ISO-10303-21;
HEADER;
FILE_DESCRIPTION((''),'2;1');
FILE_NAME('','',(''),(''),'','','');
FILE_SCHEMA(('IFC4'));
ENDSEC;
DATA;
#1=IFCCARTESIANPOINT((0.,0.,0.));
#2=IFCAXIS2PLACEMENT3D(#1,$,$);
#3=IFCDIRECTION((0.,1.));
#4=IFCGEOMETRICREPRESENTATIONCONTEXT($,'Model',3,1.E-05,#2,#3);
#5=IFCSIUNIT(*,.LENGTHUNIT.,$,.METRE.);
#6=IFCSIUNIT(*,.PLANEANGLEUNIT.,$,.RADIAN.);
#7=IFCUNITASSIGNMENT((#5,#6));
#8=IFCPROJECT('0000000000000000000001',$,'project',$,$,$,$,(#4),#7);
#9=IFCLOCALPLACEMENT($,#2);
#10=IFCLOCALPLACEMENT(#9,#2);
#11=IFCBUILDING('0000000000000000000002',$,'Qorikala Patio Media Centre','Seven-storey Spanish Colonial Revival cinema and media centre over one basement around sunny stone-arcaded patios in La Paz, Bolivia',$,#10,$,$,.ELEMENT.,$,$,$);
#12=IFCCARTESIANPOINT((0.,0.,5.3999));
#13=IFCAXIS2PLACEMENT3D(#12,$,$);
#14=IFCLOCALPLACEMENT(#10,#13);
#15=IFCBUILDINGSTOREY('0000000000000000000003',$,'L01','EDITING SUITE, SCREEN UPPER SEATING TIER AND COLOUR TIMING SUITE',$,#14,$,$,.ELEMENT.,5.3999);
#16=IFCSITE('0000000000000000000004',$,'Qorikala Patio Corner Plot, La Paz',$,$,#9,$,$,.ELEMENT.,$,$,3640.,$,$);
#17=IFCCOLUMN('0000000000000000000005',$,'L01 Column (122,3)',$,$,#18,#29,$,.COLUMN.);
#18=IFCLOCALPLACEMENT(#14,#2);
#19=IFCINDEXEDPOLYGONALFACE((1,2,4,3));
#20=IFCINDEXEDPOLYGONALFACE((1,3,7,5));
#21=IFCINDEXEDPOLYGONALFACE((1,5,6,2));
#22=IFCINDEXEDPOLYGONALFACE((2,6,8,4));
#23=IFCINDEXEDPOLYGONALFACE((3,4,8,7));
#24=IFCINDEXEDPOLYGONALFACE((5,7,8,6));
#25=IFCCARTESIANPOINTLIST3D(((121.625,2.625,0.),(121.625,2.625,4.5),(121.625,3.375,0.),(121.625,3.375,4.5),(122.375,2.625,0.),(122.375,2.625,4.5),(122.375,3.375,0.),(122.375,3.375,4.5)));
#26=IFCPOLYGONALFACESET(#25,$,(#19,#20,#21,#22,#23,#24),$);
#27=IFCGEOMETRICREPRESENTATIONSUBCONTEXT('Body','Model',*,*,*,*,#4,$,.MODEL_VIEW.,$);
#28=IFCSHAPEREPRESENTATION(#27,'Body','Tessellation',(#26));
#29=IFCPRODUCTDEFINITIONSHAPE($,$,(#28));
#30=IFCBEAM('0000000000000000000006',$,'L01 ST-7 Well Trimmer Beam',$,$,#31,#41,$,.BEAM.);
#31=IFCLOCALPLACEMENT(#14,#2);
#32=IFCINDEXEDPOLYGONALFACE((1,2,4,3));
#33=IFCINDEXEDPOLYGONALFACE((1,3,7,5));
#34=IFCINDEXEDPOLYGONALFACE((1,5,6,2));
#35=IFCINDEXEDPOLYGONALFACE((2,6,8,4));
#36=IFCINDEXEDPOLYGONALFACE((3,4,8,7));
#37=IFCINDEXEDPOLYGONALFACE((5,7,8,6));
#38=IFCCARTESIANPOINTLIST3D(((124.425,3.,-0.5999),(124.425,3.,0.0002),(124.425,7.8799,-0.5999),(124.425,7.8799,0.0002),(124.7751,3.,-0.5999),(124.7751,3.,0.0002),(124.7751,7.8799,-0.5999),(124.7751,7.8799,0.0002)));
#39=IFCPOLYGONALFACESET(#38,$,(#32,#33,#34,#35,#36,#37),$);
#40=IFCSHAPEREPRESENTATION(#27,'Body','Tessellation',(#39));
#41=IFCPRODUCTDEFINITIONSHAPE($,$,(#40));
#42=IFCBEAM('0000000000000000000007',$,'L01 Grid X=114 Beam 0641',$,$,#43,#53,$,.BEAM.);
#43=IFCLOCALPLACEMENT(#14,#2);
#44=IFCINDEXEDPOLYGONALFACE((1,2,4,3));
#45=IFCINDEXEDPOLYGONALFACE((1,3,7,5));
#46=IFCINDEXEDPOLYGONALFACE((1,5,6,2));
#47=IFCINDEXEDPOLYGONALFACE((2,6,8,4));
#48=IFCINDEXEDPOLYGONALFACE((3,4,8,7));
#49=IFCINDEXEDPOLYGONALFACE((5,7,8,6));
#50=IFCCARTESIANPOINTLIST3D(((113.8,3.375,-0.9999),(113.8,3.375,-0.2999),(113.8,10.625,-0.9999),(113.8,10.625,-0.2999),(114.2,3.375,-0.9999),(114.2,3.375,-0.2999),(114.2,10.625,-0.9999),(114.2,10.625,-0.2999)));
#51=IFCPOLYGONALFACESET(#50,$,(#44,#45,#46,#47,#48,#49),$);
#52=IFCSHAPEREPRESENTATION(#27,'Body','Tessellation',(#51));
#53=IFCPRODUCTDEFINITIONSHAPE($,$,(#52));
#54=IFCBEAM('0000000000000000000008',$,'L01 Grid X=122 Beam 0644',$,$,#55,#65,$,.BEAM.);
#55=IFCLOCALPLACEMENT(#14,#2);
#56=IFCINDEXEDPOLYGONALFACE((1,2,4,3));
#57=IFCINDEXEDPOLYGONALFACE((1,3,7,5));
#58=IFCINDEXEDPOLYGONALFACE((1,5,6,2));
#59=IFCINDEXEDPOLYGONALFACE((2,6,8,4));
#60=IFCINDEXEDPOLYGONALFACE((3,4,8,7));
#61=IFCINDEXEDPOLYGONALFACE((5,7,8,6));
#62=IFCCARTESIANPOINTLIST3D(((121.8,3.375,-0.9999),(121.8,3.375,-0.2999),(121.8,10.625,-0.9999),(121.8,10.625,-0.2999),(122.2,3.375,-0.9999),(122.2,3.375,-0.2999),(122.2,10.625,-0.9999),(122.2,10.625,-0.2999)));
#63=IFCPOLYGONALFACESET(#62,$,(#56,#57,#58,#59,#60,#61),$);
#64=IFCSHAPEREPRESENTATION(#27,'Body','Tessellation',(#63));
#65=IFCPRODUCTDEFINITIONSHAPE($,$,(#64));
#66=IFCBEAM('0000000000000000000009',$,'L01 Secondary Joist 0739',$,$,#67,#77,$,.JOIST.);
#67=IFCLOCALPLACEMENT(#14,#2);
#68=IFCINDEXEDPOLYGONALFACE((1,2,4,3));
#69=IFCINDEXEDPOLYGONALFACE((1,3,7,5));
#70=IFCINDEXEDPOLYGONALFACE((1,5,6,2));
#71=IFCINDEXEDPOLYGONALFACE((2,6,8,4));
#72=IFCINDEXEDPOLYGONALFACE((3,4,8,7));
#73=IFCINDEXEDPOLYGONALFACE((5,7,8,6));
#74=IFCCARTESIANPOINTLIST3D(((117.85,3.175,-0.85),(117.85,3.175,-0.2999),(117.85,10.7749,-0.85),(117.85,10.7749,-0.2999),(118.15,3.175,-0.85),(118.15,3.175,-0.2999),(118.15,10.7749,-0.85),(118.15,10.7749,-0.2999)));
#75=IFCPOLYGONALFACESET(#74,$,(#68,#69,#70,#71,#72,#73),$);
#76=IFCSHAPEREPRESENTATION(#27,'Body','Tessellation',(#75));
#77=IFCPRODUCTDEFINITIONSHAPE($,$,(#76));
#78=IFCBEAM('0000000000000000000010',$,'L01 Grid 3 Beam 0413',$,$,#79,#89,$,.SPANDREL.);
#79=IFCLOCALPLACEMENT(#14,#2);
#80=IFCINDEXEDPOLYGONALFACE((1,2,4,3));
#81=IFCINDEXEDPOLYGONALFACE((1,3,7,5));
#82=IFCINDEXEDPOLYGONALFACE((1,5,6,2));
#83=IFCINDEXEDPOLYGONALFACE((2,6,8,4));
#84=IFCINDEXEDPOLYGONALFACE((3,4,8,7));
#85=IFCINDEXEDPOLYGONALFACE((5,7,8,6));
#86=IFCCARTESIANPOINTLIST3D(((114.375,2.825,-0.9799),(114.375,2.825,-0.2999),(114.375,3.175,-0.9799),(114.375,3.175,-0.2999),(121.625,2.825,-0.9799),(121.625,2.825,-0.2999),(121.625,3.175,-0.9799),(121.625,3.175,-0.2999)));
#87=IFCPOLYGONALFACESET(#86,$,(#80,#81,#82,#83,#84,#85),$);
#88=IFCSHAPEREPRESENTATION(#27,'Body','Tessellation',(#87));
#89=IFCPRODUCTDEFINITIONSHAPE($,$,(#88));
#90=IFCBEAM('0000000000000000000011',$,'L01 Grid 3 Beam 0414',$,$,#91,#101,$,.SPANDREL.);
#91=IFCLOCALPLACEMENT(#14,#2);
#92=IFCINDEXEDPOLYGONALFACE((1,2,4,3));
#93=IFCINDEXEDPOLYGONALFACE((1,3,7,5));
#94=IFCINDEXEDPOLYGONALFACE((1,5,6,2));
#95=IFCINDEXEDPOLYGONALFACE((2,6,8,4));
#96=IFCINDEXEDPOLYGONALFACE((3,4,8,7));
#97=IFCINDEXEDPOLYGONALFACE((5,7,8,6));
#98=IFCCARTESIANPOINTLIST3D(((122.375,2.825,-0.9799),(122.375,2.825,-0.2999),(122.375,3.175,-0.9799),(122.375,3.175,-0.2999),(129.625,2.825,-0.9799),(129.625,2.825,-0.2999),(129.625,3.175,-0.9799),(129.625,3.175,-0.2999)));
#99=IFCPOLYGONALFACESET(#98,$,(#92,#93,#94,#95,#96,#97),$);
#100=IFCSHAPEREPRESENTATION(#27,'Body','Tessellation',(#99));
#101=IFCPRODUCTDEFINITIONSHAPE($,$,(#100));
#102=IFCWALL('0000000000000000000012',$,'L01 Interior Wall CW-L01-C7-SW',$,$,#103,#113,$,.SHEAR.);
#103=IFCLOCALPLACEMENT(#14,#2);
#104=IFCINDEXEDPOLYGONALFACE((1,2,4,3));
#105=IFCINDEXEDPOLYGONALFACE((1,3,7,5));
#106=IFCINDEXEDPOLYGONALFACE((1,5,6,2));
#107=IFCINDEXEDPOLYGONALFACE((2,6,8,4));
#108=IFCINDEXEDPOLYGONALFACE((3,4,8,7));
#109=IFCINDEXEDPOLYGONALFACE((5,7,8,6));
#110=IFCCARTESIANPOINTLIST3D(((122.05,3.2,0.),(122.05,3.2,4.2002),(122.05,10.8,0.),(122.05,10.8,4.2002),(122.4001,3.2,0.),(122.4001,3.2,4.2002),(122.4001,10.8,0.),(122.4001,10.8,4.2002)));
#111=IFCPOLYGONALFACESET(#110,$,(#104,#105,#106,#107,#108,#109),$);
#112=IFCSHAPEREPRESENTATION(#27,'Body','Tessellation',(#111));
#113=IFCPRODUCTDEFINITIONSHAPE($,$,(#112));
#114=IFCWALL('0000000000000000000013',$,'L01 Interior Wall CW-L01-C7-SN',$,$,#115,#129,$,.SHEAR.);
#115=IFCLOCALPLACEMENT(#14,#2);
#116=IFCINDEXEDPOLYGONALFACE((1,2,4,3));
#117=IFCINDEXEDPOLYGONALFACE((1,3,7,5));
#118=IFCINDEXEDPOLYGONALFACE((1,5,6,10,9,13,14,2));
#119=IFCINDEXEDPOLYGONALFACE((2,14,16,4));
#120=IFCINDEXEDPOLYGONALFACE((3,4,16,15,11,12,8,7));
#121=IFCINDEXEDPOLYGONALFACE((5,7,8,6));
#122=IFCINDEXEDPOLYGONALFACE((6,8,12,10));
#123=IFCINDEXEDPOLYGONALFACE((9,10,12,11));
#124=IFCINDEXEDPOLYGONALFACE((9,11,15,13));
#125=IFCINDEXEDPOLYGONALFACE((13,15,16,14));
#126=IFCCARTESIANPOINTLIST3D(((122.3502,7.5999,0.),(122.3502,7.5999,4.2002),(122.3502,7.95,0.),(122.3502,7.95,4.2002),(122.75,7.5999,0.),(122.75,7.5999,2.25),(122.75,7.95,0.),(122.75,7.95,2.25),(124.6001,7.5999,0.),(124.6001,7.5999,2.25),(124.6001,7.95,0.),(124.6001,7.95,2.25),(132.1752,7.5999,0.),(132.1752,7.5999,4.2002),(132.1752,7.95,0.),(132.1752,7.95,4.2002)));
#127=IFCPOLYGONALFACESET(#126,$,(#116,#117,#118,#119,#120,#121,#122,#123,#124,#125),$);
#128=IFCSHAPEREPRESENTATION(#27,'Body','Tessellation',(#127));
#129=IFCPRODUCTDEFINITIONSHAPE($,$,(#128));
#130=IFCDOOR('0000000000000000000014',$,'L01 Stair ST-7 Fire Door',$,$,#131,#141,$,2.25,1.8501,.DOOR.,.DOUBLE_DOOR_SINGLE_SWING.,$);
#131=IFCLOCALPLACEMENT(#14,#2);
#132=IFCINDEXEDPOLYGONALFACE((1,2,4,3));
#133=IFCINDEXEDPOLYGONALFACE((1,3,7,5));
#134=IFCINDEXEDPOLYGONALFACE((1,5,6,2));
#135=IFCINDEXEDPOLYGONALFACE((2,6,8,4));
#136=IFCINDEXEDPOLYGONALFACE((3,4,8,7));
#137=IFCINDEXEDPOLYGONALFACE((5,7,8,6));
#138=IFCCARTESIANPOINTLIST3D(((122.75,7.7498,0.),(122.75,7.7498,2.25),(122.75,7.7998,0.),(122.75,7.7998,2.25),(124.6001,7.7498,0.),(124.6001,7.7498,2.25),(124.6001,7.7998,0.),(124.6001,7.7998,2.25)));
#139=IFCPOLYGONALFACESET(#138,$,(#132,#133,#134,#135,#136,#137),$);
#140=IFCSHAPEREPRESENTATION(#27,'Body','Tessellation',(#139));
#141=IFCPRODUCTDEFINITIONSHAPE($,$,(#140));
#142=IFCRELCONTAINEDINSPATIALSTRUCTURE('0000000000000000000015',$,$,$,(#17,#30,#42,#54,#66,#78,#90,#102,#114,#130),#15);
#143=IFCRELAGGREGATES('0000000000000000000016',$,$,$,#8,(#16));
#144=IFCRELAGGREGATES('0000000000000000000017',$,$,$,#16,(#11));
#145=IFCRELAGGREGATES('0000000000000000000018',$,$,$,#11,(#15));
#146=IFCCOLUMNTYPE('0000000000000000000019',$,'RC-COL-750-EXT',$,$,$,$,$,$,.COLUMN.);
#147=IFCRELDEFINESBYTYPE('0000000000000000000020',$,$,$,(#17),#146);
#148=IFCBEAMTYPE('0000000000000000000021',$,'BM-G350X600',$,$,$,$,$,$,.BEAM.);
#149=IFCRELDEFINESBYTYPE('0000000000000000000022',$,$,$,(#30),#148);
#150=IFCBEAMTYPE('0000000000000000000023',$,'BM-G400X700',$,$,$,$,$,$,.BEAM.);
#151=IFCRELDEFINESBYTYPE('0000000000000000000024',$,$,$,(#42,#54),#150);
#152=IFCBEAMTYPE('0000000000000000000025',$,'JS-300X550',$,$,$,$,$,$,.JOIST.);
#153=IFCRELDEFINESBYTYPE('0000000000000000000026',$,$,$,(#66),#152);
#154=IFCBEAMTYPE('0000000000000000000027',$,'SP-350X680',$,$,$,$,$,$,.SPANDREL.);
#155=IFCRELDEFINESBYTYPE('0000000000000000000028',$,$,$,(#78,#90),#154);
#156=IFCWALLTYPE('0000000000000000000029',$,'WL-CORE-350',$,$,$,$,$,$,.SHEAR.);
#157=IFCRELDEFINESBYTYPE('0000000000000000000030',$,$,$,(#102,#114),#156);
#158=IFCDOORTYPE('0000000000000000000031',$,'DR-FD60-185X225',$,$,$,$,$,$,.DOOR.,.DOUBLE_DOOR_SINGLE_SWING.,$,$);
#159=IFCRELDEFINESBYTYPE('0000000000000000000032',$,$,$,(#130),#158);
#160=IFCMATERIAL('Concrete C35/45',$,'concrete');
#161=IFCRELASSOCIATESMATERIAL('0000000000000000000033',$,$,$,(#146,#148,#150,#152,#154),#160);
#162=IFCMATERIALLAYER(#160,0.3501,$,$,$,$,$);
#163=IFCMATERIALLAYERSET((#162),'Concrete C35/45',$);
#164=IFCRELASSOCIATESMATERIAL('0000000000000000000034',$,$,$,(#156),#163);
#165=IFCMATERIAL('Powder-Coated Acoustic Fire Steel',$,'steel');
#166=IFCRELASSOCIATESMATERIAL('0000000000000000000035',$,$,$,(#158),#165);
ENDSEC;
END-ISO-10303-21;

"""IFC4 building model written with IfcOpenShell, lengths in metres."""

from ifc_helpers import new_model, si_unit, direction, frame, frame_2d, origin, origin_2d, place, context, subcontext, project, spatial, rectangle, extrude, material, layer, layer_set, material_profile, profile_set, type_object, element, fill, save


model = new_model("IFC4")

# Units and contexts
model_context = context("Model", 3, precision=1e-05, world=origin(), true_north=direction((0.0, 1.0)))
body_context = subcontext(model_context, "Body", "Model", "MODEL_VIEW")
ifc_project = project(units=[si_unit("LENGTHUNIT", "METRE"), si_unit("PLANEANGLEUNIT", "RADIAN")], contexts=[model_context])

# Site, building, storey
site_placement = place(None, origin())
site = spatial("IfcSite", under=ifc_project, at=site_placement, Name="Qorikala Patio Corner Plot, La Paz", CompositionType="ELEMENT", RefElevation=3640.0)
building_placement = place(site_placement, origin())
building = spatial("IfcBuilding", under=site, at=building_placement, Name="Qorikala Patio Media Centre", Description="Seven-storey Spanish Colonial Revival cinema and media centre over one basement around sunny stone-arcaded patios in La Paz, Bolivia", CompositionType="ELEMENT")
storey_placement = place(building_placement, frame((0.0, 0.0, 5.3999)))
storey = spatial("IfcBuildingStorey", under=building, at=storey_placement, Name="L01", Description="EDITING SUITE, SCREEN UPPER SEATING TIER AND COLOUR TIMING SUITE", CompositionType="ELEMENT", Elevation=5.3999)

# Column
ifc_material_1 = material(Name="Concrete C35/45", Category="concrete")
ifc_material_profile_1 = material_profile(ifc_material_1, rectangle(XDim=0.75, YDim=0.75, at=origin_2d()), Name="RC 750x750")
ifc_profile_set_1 = profile_set([ifc_material_profile_1], Name="Concrete C35/45")
column_type = type_object("IfcColumnType", Name="RC-COL-750-EXT", PredefinedType="COLUMN", material=ifc_profile_set_1)
column_placement = place(storey_placement, frame((122.0, 3.0, 0.0), z_axis=(0.0, 0.0, 1.0), x_axis=(1.0, 0.0, 0.0)))
element("IfcColumn", 1, at=column_placement, inside=storey, type_object=column_type, Name="L01 Column (122,3)", PredefinedType="COLUMN", context=body_context, shape_type="SweptSolid", body=[
    extrude(rectangle(XDim=0.75, YDim=0.75, at=origin_2d()), origin(), (0.0, 0.0, 1.0), 4.5),
])

# Beams
ifc_material_profile_2 = material_profile(ifc_material_1, rectangle(XDim=0.3501, YDim=0.6001, at=origin_2d()), Name="RC 350x600")
ifc_profile_set_2 = profile_set([ifc_material_profile_2], Name="Concrete C35/45")
beam_type_1 = type_object("IfcBeamType", Name="BM-G350X600", PredefinedType="BEAM", material=ifc_profile_set_2)
beam_1_placement = place(storey_placement, frame((124.6001, 3.0, -0.2998), z_axis=(0.0, 1.0, 0.0), x_axis=(-1.0, 0.0, 0.0)))
element("IfcBeam", 2, at=beam_1_placement, inside=storey, type_object=beam_type_1, Name="L01 ST-7 Well Trimmer Beam", PredefinedType="BEAM", context=body_context, shape_type="SweptSolid", body=[
    extrude(rectangle(XDim=0.3501, YDim=0.6001, at=origin_2d()), origin(), (0.0, 0.0, 1.0), 4.8799),
])
ifc_material_profile_3 = material_profile(ifc_material_1, rectangle(XDim=0.3999, YDim=0.7, at=origin_2d()), Name="RC 400x700")
ifc_profile_set_3 = profile_set([ifc_material_profile_3], Name="Concrete C35/45")
beam_type_2 = type_object("IfcBeamType", Name="BM-G400X700", PredefinedType="BEAM", material=ifc_profile_set_3)
for number, where, z_axis, x_axis, name in (
    (3, (114.0, 3.375, -0.6499), (0.0, 1.0, 0.0), (-1.0, 0.0, 0.0), "L01 Grid X=114 Beam 0641"),
    (4, (122.0, 3.375, -0.6499), (0.0, 1.0, 0.0), (-1.0, 0.0, 0.0), "L01 Grid X=122 Beam 0644"),
):
    element("IfcBeam", number, at=place(storey_placement, frame(where, z_axis=z_axis, x_axis=x_axis)), inside=storey, type_object=beam_type_2, Name=name, PredefinedType="BEAM", context=body_context, shape_type="SweptSolid", body=[
        extrude(rectangle(XDim=0.3999, YDim=0.7, at=origin_2d()), origin(), (0.0, 0.0, 1.0), 7.25),
    ])
ifc_material_profile_4 = material_profile(ifc_material_1, rectangle(XDim=0.3, YDim=0.55, at=origin_2d()), Name="RC 300x550")
ifc_profile_set_4 = profile_set([ifc_material_profile_4], Name="Concrete C35/45")
beam_type_3 = type_object("IfcBeamType", Name="JS-300X550", PredefinedType="JOIST", material=ifc_profile_set_4)
beam_2_placement = place(storey_placement, frame((118.0, 3.175, -0.575), z_axis=(0.0, 1.0, 0.0), x_axis=(-1.0, 0.0, 0.0)))
element("IfcBeam", 5, at=beam_2_placement, inside=storey, type_object=beam_type_3, Name="L01 Secondary Joist 0739", PredefinedType="JOIST", context=body_context, shape_type="SweptSolid", body=[
    extrude(rectangle(XDim=0.3, YDim=0.55, at=origin_2d()), origin(), (0.0, 0.0, 1.0), 7.5999),
])
ifc_material_profile_5 = material_profile(ifc_material_1, rectangle(XDim=0.3501, YDim=0.6799, at=origin_2d()), Name="RC 350x680")
ifc_profile_set_5 = profile_set([ifc_material_profile_5], Name="Concrete C35/45")
beam_type_4 = type_object("IfcBeamType", Name="SP-350X680", PredefinedType="SPANDREL", material=ifc_profile_set_5)
for number, where, z_axis, x_axis, name in (
    (6, (114.375, 3.0, -0.6399), (1.0, 0.0, 0.0), (0.0, 1.0, 0.0), "L01 Grid 3 Beam 0413"),
    (7, (122.375, 3.0, -0.6399), (1.0, 0.0, 0.0), (0.0, 1.0, 0.0), "L01 Grid 3 Beam 0414"),
):
    element("IfcBeam", number, at=place(storey_placement, frame(where, z_axis=z_axis, x_axis=x_axis)), inside=storey, type_object=beam_type_4, Name=name, PredefinedType="SPANDREL", context=body_context, shape_type="SweptSolid", body=[
        extrude(rectangle(XDim=0.3501, YDim=0.6799, at=origin_2d()), origin(), (0.0, 0.0, 1.0), 7.25),
    ])

# Wall
ifc_layer_1 = layer(ifc_material_1, 0.3501)
ifc_layer_set_1 = layer_set([ifc_layer_1], Name="Concrete C35/45")
wall_type_1 = type_object("IfcWallType", Name="WL-CORE-350", PredefinedType="SHEAR", material=ifc_layer_set_1)
wall_1_placement = place(storey_placement, frame((122.2251, 3.2, 0.0), z_axis=(0.0, 0.0, 1.0), x_axis=(0.0, 1.0, 0.0)))
element("IfcWall", 8, at=wall_1_placement, inside=storey, type_object=wall_type_1, Name="L01 Interior Wall CW-L01-C7-SW", PredefinedType="SHEAR", context=body_context, shape_type="SweptSolid", body=[
    extrude(rectangle(XDim=7.6001, YDim=0.3501, at=frame_2d((3.8, 0.0))), origin(), (0.0, 0.0, 1.0), 4.2002),
])

# Wall, opening, door
wall_2_placement = place(storey_placement, frame((122.3501, 7.7749, 0.0), z_axis=(0.0, 0.0, 1.0), x_axis=(1.0, 0.0, 0.0)))
wall_2 = element("IfcWall", 9, at=wall_2_placement, inside=storey, type_object=wall_type_1, Name="L01 Interior Wall CW-L01-C7-SN", PredefinedType="SHEAR", context=body_context, shape_type="SweptSolid", body=[
    extrude(rectangle(XDim=9.825, YDim=0.3501, at=frame_2d((4.9126, 0.0))), origin(), (0.0, 0.0, 1.0), 4.2002),
])
opening_1_placement = place(wall_2_placement, frame((0.3999, 0.0, 0.0)))
opening_1 = element("IfcOpeningElement", 10, at=opening_1_placement, cuts=wall_2, PredefinedType="OPENING", context=body_context, shape_type="SweptSolid", body=[
    extrude(rectangle(XDim=1.8501, YDim=2.25, at=frame_2d((0.925, 1.125))), frame((0.0, 0.1851, 0.0), z_axis=(0.0, -1.0, 0.0), x_axis=(1.0, 0.0, 0.0)), (0.0, 0.0, 1.0), 0.3701),
])
ifc_material_2 = material(Name="Powder-Coated Acoustic Fire Steel", Category="steel")
door_type_1 = type_object("IfcDoorType", Name="DR-FD60-185X225", OperationType="DOUBLE_DOOR_SINGLE_SWING", PredefinedType="DOOR", material=ifc_material_2)
door_1_placement = place(opening_1_placement, origin())
door_1 = element("IfcDoor", 11, at=door_1_placement, inside=storey, type_object=door_type_1, Name="L01 Stair ST-7 Fire Door", OperationType="DOUBLE_DOOR_SINGLE_SWING", OverallHeight=2.25, OverallWidth=1.8501, PredefinedType="DOOR", context=body_context, shape_type="SweptSolid", body=[
    extrude(rectangle(XDim=1.8501, YDim=2.25, at=frame_2d((0.925, 1.125))), frame((0.0, 0.0249, 0.0), z_axis=(0.0, -1.0, 0.0), x_axis=(1.0, 0.0, 0.0)), (0.0, 0.0, 1.0), 0.05),
])
fill(opening_1, door_1)

save(model, "model.ifc")
